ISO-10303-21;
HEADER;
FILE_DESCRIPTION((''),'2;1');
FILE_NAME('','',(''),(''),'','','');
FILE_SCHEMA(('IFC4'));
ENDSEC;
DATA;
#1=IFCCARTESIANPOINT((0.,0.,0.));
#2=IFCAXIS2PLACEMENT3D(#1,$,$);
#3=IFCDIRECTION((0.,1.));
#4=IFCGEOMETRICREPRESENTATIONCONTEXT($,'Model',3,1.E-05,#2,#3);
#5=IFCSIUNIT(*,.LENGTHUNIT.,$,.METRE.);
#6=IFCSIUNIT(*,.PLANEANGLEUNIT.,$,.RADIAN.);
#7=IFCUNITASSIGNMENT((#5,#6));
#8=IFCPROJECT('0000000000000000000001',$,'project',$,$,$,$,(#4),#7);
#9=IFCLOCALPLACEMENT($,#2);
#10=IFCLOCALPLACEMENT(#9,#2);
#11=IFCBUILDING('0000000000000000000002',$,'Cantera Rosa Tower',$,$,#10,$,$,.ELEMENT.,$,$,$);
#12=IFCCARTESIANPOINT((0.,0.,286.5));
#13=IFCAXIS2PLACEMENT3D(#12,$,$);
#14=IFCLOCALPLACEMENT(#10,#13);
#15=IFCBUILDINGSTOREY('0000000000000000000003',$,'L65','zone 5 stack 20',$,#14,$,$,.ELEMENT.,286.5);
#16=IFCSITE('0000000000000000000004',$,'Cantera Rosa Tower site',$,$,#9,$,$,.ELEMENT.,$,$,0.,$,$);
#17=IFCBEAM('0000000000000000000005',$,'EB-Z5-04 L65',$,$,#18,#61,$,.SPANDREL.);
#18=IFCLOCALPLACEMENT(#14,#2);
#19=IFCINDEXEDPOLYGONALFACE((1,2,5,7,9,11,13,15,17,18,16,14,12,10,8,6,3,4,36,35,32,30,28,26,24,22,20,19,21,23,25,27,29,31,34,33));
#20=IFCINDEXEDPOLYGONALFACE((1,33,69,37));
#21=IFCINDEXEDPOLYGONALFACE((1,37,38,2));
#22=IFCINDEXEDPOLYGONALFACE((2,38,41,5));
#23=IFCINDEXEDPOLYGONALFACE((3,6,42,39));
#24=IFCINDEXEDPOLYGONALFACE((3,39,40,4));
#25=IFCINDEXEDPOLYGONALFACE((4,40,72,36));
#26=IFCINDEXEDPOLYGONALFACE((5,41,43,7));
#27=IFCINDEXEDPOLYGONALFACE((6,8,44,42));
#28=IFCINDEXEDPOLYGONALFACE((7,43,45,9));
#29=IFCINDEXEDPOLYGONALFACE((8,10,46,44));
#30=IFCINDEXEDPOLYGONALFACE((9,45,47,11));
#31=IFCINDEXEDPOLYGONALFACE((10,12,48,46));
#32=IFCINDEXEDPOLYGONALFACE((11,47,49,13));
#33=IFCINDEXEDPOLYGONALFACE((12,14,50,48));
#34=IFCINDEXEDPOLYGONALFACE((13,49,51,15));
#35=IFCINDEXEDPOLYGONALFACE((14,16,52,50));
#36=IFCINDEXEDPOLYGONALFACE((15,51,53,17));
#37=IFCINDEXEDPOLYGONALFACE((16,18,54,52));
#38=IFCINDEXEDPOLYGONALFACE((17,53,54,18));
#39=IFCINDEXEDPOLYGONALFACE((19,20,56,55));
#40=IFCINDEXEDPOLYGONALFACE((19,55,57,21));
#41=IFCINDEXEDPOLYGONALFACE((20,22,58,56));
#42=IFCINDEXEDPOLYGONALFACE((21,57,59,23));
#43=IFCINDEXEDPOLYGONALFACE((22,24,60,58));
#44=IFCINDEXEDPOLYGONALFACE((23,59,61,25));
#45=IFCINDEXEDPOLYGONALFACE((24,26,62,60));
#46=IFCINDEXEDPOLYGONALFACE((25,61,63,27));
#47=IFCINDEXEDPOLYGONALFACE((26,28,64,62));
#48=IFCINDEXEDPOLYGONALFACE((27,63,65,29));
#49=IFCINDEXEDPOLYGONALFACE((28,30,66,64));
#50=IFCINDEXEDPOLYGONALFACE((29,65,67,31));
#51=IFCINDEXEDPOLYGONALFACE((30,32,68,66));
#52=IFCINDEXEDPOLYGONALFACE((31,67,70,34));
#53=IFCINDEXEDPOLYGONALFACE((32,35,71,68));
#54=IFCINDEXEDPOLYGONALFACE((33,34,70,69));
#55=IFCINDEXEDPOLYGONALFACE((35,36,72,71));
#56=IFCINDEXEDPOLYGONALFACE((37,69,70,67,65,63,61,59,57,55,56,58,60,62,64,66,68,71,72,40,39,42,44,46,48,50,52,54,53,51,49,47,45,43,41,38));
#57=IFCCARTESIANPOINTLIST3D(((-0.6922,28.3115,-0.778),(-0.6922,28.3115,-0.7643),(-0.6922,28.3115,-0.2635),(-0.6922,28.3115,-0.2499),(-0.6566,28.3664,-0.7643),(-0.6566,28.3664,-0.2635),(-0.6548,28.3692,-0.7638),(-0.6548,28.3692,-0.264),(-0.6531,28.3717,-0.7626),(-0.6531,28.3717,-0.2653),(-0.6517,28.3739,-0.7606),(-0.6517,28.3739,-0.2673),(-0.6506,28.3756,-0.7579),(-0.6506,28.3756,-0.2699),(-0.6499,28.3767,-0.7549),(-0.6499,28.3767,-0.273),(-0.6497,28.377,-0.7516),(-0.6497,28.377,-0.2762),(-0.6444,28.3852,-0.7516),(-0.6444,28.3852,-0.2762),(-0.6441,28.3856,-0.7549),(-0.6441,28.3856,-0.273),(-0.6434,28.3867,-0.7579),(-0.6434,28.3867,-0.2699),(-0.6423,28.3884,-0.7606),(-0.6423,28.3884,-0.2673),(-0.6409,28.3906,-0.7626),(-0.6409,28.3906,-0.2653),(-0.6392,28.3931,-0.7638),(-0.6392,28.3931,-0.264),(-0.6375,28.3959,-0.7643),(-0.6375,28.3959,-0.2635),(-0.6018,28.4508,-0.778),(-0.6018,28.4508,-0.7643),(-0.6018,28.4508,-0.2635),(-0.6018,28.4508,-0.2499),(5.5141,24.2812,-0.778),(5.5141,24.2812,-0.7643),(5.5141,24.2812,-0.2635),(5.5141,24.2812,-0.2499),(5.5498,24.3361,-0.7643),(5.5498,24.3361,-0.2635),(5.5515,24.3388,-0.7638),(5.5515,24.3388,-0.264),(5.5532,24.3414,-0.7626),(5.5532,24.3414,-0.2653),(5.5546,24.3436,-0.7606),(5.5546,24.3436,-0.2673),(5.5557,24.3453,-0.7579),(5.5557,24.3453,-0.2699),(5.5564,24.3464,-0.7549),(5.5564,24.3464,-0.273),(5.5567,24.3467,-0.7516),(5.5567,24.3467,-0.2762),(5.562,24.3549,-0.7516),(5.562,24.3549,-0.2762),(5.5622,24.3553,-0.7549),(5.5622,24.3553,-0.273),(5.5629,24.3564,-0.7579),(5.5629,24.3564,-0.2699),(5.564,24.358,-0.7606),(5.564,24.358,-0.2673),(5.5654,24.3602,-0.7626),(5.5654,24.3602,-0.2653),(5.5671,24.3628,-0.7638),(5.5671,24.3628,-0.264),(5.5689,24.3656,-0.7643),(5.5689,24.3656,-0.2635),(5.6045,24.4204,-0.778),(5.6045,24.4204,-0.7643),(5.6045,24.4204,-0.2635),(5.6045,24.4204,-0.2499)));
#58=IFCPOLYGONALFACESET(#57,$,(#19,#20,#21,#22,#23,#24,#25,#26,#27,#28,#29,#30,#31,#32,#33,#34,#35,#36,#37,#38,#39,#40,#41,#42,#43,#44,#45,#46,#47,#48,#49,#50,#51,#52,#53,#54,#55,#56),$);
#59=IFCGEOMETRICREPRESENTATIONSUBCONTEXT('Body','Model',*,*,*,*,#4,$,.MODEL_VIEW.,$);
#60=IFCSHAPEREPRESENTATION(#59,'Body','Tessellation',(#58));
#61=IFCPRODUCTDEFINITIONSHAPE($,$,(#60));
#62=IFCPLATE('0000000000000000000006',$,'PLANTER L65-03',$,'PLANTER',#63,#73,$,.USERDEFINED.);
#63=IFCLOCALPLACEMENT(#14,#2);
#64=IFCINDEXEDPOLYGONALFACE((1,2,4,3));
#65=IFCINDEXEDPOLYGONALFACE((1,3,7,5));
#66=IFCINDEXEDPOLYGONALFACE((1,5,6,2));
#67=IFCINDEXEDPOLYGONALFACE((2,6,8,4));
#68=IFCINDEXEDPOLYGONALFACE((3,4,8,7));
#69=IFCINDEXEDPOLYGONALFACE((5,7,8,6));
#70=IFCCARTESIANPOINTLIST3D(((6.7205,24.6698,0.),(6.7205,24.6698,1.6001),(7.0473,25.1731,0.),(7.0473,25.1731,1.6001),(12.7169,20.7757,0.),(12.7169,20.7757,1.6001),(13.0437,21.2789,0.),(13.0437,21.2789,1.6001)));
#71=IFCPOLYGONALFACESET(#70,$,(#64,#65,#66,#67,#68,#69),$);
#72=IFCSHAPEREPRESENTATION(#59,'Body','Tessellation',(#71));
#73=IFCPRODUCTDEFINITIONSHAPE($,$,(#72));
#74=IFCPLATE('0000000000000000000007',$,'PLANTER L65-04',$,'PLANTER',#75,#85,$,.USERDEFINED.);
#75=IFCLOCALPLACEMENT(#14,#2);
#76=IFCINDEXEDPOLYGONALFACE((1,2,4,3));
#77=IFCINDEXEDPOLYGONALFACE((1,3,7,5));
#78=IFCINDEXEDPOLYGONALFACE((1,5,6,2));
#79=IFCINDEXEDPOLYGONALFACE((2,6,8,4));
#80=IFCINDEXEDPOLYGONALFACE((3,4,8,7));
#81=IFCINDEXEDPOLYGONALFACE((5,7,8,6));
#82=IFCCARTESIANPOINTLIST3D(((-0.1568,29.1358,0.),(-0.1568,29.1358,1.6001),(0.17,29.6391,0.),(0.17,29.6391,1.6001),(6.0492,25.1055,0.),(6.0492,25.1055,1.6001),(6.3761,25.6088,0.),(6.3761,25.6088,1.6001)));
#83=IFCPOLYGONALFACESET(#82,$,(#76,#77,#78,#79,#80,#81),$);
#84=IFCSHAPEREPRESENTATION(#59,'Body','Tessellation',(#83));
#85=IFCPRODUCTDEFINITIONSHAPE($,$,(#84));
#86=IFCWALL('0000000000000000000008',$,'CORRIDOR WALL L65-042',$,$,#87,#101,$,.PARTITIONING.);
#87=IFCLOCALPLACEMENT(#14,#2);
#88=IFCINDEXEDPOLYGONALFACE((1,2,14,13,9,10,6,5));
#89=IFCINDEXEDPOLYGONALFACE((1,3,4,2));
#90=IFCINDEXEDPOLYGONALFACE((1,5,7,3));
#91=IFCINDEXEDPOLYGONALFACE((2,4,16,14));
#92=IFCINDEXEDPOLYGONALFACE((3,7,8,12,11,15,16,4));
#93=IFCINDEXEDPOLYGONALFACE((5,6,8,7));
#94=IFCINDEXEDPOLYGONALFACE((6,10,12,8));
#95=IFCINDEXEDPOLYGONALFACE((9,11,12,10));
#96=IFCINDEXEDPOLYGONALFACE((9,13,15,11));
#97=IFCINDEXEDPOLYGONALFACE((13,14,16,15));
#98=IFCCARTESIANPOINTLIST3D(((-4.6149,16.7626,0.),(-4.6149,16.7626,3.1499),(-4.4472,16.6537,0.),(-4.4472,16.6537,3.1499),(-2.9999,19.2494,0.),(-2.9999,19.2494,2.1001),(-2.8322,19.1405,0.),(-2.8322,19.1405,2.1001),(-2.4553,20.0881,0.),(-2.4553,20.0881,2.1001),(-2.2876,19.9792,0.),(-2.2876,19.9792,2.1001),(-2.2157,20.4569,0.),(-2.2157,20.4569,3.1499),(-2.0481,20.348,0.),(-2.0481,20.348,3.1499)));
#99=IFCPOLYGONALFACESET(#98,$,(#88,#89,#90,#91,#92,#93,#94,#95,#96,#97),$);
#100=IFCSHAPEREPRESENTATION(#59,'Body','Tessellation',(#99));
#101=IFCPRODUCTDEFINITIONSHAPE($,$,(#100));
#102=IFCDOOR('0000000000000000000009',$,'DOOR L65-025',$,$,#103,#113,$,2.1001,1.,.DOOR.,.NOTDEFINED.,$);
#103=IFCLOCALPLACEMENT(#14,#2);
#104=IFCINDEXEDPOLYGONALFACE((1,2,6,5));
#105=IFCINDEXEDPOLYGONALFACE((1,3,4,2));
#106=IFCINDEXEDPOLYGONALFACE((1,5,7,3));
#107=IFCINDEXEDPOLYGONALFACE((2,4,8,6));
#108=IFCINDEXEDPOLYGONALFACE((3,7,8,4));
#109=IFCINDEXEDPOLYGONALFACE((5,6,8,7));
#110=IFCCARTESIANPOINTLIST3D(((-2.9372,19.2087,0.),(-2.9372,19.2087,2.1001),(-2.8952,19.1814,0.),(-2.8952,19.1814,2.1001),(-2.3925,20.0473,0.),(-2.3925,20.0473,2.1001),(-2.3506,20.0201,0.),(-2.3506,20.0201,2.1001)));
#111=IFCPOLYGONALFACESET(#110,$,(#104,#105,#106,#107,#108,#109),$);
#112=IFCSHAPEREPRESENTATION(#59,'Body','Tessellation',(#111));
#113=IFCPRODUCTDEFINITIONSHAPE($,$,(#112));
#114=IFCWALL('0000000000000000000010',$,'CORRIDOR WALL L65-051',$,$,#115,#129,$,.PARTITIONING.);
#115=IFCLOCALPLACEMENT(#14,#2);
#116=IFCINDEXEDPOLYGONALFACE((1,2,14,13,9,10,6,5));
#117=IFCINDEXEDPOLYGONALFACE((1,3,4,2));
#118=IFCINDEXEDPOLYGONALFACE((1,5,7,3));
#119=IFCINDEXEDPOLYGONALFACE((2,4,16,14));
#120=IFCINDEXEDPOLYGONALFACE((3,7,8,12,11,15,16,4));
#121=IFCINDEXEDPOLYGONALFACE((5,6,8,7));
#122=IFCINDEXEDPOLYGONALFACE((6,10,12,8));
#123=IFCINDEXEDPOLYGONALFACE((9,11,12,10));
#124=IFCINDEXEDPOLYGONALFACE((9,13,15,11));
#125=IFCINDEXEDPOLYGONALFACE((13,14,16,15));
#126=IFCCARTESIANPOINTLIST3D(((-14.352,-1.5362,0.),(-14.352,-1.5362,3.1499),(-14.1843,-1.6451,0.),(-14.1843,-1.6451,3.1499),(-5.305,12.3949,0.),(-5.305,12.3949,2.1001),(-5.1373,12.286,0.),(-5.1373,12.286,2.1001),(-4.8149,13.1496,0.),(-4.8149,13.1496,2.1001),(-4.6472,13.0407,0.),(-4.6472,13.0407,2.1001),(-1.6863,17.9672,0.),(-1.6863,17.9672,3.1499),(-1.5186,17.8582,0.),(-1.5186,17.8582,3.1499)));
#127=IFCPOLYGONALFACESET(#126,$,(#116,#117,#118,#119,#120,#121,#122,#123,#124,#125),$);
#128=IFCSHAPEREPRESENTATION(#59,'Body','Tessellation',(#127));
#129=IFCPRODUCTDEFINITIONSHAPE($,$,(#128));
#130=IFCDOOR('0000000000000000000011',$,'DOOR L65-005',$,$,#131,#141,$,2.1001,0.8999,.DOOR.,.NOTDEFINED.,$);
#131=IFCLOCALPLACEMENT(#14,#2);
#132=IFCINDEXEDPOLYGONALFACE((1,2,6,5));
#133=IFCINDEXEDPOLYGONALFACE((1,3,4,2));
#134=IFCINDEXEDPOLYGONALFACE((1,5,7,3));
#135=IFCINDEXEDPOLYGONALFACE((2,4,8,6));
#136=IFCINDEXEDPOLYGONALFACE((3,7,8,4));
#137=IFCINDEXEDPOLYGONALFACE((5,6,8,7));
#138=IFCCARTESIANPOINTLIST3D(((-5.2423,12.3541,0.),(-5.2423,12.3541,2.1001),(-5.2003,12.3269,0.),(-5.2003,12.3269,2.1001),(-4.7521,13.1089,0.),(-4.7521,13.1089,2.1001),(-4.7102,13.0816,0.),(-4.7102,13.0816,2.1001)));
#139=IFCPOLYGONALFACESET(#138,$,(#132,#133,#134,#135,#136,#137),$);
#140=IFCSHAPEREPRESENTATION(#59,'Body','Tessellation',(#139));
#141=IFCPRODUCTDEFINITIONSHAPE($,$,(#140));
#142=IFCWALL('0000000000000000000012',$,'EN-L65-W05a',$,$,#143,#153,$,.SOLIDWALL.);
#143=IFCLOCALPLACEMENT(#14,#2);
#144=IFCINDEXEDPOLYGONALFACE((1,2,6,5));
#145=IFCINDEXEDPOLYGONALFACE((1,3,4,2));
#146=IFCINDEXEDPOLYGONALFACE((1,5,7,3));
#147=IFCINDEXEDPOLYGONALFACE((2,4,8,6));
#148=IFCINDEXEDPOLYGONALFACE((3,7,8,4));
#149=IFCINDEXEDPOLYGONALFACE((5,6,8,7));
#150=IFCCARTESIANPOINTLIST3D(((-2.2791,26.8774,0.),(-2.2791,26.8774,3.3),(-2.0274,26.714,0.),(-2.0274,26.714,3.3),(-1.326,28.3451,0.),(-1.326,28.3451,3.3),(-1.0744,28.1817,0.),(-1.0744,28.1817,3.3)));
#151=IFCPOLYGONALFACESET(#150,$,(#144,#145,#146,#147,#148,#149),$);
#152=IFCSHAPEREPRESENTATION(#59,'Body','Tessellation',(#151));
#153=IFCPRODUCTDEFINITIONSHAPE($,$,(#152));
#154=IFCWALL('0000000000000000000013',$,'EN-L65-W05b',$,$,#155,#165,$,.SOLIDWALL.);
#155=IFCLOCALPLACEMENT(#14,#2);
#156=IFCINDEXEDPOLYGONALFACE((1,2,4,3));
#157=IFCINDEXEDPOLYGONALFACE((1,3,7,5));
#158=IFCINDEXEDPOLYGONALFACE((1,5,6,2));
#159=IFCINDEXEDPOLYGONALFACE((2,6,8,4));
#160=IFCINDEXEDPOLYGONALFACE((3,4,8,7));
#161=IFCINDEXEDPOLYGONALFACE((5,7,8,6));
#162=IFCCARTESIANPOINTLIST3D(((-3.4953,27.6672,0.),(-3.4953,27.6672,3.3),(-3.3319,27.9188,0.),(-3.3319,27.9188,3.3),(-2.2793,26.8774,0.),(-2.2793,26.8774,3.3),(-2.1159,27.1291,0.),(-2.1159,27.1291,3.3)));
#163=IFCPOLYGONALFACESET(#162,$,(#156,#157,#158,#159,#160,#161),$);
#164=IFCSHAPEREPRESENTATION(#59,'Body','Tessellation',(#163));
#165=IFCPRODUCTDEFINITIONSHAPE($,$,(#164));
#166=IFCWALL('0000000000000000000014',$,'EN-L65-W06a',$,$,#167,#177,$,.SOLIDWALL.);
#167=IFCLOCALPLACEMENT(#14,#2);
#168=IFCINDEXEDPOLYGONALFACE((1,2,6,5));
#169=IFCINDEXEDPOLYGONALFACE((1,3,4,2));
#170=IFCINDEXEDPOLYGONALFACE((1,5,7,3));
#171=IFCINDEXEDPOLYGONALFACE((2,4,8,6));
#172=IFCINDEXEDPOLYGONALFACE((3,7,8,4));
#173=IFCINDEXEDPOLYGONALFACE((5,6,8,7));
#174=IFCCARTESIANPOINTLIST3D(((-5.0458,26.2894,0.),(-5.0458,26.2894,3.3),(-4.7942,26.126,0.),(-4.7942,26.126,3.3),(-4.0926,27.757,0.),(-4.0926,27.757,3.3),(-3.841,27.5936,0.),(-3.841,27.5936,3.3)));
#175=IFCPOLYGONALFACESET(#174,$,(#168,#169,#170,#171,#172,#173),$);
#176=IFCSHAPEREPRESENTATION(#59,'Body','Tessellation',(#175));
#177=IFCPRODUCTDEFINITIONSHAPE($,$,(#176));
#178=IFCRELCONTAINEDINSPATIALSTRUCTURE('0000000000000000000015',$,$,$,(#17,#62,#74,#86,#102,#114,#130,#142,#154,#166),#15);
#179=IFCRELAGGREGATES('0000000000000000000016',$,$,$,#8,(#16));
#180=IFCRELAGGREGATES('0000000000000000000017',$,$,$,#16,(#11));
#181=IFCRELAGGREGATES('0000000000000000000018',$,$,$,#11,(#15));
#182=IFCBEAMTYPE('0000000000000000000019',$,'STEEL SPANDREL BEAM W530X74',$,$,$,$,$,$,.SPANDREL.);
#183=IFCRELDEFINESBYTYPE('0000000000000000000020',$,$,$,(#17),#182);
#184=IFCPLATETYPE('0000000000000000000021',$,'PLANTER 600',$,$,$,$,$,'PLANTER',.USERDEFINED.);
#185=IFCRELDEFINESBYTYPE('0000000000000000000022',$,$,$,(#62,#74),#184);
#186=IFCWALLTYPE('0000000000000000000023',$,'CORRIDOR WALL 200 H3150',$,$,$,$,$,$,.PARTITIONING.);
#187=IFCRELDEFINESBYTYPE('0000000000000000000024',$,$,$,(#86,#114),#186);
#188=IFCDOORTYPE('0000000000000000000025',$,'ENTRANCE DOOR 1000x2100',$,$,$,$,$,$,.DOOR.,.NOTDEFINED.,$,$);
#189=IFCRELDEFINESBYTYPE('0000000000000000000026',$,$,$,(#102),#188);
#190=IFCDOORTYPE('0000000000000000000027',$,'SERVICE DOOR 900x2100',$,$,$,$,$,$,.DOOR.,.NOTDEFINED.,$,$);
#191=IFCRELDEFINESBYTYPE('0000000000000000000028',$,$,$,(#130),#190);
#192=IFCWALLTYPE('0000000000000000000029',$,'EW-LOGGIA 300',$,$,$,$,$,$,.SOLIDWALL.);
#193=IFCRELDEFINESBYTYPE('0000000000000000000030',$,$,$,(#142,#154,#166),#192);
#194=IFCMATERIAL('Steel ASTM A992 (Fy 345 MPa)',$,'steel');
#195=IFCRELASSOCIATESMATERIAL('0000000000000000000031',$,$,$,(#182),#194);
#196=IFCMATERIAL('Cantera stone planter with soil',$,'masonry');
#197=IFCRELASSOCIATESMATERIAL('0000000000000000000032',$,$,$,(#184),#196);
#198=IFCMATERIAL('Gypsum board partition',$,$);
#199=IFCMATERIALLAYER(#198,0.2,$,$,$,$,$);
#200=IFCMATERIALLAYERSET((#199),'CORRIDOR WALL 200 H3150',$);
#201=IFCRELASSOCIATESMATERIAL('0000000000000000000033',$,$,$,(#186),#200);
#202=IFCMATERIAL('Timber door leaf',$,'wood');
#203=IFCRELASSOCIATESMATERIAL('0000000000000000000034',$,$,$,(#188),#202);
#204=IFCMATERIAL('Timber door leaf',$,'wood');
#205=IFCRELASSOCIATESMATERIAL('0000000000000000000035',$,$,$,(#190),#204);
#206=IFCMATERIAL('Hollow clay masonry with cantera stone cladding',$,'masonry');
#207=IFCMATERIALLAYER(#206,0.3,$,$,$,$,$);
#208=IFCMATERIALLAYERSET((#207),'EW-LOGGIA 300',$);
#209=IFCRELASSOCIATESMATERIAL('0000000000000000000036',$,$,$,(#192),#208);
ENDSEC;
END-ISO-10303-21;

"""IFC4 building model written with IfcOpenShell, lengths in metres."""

from ifc_helpers import new_model, si_unit, direction, frame, frame_2d, origin, origin_2d, place, context, subcontext, project, spatial, rectangle, i_section, extrude, material, layer, layer_set, material_profile, profile_set, type_object, element, fill, save


model = new_model("IFC4")

# Units and contexts
model_context = context("Model", 3, precision=1e-05, world=origin(), true_north=direction((0.0, 1.0)))
body_context = subcontext(model_context, "Body", "Model", "MODEL_VIEW")
ifc_project = project(units=[si_unit("LENGTHUNIT", "METRE"), si_unit("PLANEANGLEUNIT", "RADIAN")], contexts=[model_context])

# Site, building, storey
site_placement = place(None, origin())
site = spatial("IfcSite", under=ifc_project, at=site_placement, Name="Cantera Rosa Tower site", CompositionType="ELEMENT", RefElevation=0.0)
building_placement = place(site_placement, origin())
building = spatial("IfcBuilding", under=site, at=building_placement, Name="Cantera Rosa Tower", CompositionType="ELEMENT")
storey_placement = place(building_placement, frame((0.0, 0.0, 286.5)))
storey = spatial("IfcBuildingStorey", under=building, at=storey_placement, Name="L65", Description="zone 5 stack 20", CompositionType="ELEMENT", Elevation=286.5)

# Beam
ifc_material_1 = material(Name="Steel ASTM A992 (Fy 345 MPa)", Category="steel")
ifc_material_profile_1 = material_profile(ifc_material_1, i_section(OverallWidth=0.166, OverallDepth=0.5281, WebThickness=0.0098, FlangeThickness=0.0137, FilletRadius=0.0127, at=origin_2d()), Name="W530X74")
ifc_profile_set_1 = profile_set([ifc_material_profile_1], Name="Steel ASTM A992 (Fy 345 MPa)")
beam_type_1 = type_object("IfcBeamType", Name="STEEL SPANDREL BEAM W530X74", PredefinedType="SPANDREL", material=ifc_profile_set_1)
beam_1_placement = place(storey_placement, frame((5.5593, 24.3508, -0.5139), z_axis=(-0.838679, 0.544625, 0.0), x_axis=(-0.544625, -0.838679, 0.0)))
element("IfcBeam", 1, at=beam_1_placement, inside=storey, type_object=beam_type_1, Name="EB-Z5-04 L65", PredefinedType="SPANDREL", context=body_context, shape_type="SweptSolid", body=[
    extrude(i_section(OverallWidth=0.166, OverallDepth=0.5281, WebThickness=0.0098, FlangeThickness=0.0137, FilletRadius=0.0127, at=origin_2d()), origin(), (0.0, 0.0, 1.0), 7.4001),
])

# Plates
ifc_material_2 = material(Name="Cantera stone planter with soil", Category="masonry")
plate_type = type_object("IfcPlateType", Name="PLANTER 600", ElementType="PLANTER", PredefinedType="USERDEFINED", material=ifc_material_2)
plate_1_placement = place(storey_placement, frame((9.8821, 22.9744, 0.0), z_axis=(0.0, 0.0, 1.0), x_axis=(-0.838671, 0.544639, 0.0)))
element("IfcPlate", 2, at=plate_1_placement, inside=storey, type_object=plate_type, Name="PLANTER L65-03", ObjectType="PLANTER", PredefinedType="USERDEFINED", context=body_context, shape_type="SweptSolid", body=[
    extrude(rectangle(XDim=7.1499, YDim=0.6001, at=origin_2d()), origin(), (0.0, 0.0, 1.0), 1.6001),
])
plate_2_placement = place(storey_placement, frame((3.1096, 27.3723, 0.0), z_axis=(0.0, 0.0, 1.0), x_axis=(-0.838671, 0.544639, 0.0)))
element("IfcPlate", 3, at=plate_2_placement, inside=storey, type_object=plate_type, Name="PLANTER L65-04", ObjectType="PLANTER", PredefinedType="USERDEFINED", context=body_context, shape_type="SweptSolid", body=[
    extrude(rectangle(XDim=7.3999, YDim=0.6001, at=origin_2d()), origin(), (0.0, 0.0, 1.0), 1.6001),
])

# Walls, openings, doors
ifc_material_3 = material(Name="Gypsum board partition")
ifc_layer_1 = layer(ifc_material_3, 0.2)
ifc_layer_set_1 = layer_set([ifc_layer_1], Name="CORRIDOR WALL 200 H3150")
wall_type_1 = type_object("IfcWallType", Name="CORRIDOR WALL 200 H3150", PredefinedType="PARTITIONING", material=ifc_layer_set_1)
wall_1_placement = place(storey_placement, frame((-2.1318, 20.4026, 0.0), z_axis=(0.0, 0.0, 1.0), x_axis=(-0.544645, -0.838666, 0.0)))
wall_1 = element("IfcWall", 4, at=wall_1_placement, inside=storey, type_object=wall_type_1, Name="CORRIDOR WALL L65-042", PredefinedType="PARTITIONING", context=body_context, shape_type="SweptSolid", body=[
    extrude(rectangle(XDim=4.405, YDim=0.2, at=frame_2d((2.2026, 0.0))), origin(), (0.0, 0.0, 1.0), 3.1499),
])
opening_1_placement = place(wall_1_placement, frame((0.4399, 0.0, 0.0)))
opening_1 = element("IfcOpeningElement", 5, at=opening_1_placement, cuts=wall_1, PredefinedType="OPENING", context=body_context, shape_type="SweptSolid", body=[
    extrude(rectangle(XDim=1.0, YDim=2.1001, at=frame_2d((0.5, 1.05))), frame((0.0, 0.1099, 0.0), z_axis=(0.0, -1.0, 0.0), x_axis=(1.0, 0.0, 0.0)), (0.0, 0.0, 1.0), 0.22),
])
ifc_material_4 = material(Name="Timber door leaf", Category="wood")
door_type_1 = type_object("IfcDoorType", Name="ENTRANCE DOOR 1000x2100", OperationType="NOTDEFINED", PredefinedType="DOOR", material=ifc_material_4)
door_1_placement = place(opening_1_placement, origin())
door_1 = element("IfcDoor", 6, at=door_1_placement, inside=storey, type_object=door_type_1, Name="DOOR L65-025", OperationType="NOTDEFINED", OverallHeight=2.1001, OverallWidth=1.0, PredefinedType="DOOR", context=body_context, shape_type="SweptSolid", body=[
    extrude(rectangle(XDim=1.0, YDim=2.1001, at=frame_2d((0.5, 1.05))), frame((0.0, 0.0249, 0.0), z_axis=(0.0, -1.0, 0.0), x_axis=(1.0, 0.0, 0.0)), (0.0, 0.0, 1.0), 0.05),
])
fill(opening_1, door_1)
wall_2_placement = place(storey_placement, frame((-1.6025, 17.9126, 0.0), z_axis=(0.0, 0.0, 1.0), x_axis=(-0.544642, -0.838669, 0.0)))
wall_2 = element("IfcWall", 7, at=wall_2_placement, inside=storey, type_object=wall_type_1, Name="CORRIDOR WALL L65-051", PredefinedType="PARTITIONING", context=body_context, shape_type="SweptSolid", body=[
    extrude(rectangle(XDim=23.2551, YDim=0.2, at=frame_2d((11.6274, 0.0))), origin(), (0.0, 0.0, 1.0), 3.1499),
])
opening_2_placement = place(wall_2_placement, frame((5.7441, 0.0, 0.0)))
opening_2 = element("IfcOpeningElement", 8, at=opening_2_placement, cuts=wall_2, PredefinedType="OPENING", context=body_context, shape_type="SweptSolid", body=[
    extrude(rectangle(XDim=0.8999, YDim=2.1001, at=frame_2d((0.45, 1.05))), frame((0.0, 0.1099, 0.0), z_axis=(0.0, -1.0, 0.0), x_axis=(1.0, 0.0, 0.0)), (0.0, 0.0, 1.0), 0.22),
])
ifc_material_5 = material(Name="Timber door leaf", Category="wood")
door_type_2 = type_object("IfcDoorType", Name="SERVICE DOOR 900x2100", OperationType="NOTDEFINED", PredefinedType="DOOR", material=ifc_material_5)
door_2_placement = place(opening_2_placement, origin())
door_2 = element("IfcDoor", 9, at=door_2_placement, inside=storey, type_object=door_type_2, Name="DOOR L65-005", OperationType="NOTDEFINED", OverallHeight=2.1001, OverallWidth=0.8999, PredefinedType="DOOR", context=body_context, shape_type="SweptSolid", body=[
    extrude(rectangle(XDim=0.8999, YDim=2.1001, at=frame_2d((0.45, 1.05))), frame((0.0, 0.0249, 0.0), z_axis=(0.0, -1.0, 0.0), x_axis=(1.0, 0.0, 0.0)), (0.0, 0.0, 1.0), 0.05),
])
fill(opening_2, door_2)

# Walls
ifc_material_6 = material(Name="Hollow clay masonry with cantera stone cladding", Category="masonry")
ifc_layer_2 = layer(ifc_material_6, 0.3)
ifc_layer_set_2 = layer_set([ifc_layer_2], Name="EW-LOGGIA 300")
wall_type_2 = type_object("IfcWallType", Name="EW-LOGGIA 300", PredefinedType="SOLIDWALL", material=ifc_layer_set_2)
wall_3_placement = place(storey_placement, frame((-1.2002, 28.2634, 0.0), z_axis=(0.0, 0.0, 1.0), x_axis=(-0.544616, -0.838686, 0.0)))
element("IfcWall", 10, at=wall_3_placement, inside=storey, type_object=wall_type_2, Name="EN-L65-W05a", PredefinedType="SOLIDWALL", context=body_context, shape_type="SweptSolid", body=[
    extrude(rectangle(XDim=1.75, YDim=0.3, at=frame_2d((0.875, 0.0))), origin(), (0.0, 0.0, 1.0), 3.3),
])
wall_4_placement = place(storey_placement, frame((-2.1975, 27.0032, 0.0), z_axis=(0.0, 0.0, 1.0), x_axis=(-0.838647, 0.544675, 0.0)))
element("IfcWall", 11, at=wall_4_placement, inside=storey, type_object=wall_type_2, Name="EN-L65-W05b", PredefinedType="SOLIDWALL", context=body_context, shape_type="SweptSolid", body=[
    extrude(rectangle(XDim=1.45, YDim=0.3, at=frame_2d((0.7251, 0.0))), origin(), (0.0, 0.0, 1.0), 3.3),
])
wall_5_placement = place(storey_placement, frame((-3.9668, 27.6753, 0.0), z_axis=(0.0, 0.0, 1.0), x_axis=(-0.544679, -0.838644, 0.0)))
element("IfcWall", 12, at=wall_5_placement, inside=storey, type_object=wall_type_2, Name="EN-L65-W06a", PredefinedType="SOLIDWALL", context=body_context, shape_type="SweptSolid", body=[
    extrude(rectangle(XDim=1.75, YDim=0.3, at=frame_2d((0.875, 0.0))), origin(), (0.0, 0.0, 1.0), 3.3),
])

save(model, "model.ifc")
